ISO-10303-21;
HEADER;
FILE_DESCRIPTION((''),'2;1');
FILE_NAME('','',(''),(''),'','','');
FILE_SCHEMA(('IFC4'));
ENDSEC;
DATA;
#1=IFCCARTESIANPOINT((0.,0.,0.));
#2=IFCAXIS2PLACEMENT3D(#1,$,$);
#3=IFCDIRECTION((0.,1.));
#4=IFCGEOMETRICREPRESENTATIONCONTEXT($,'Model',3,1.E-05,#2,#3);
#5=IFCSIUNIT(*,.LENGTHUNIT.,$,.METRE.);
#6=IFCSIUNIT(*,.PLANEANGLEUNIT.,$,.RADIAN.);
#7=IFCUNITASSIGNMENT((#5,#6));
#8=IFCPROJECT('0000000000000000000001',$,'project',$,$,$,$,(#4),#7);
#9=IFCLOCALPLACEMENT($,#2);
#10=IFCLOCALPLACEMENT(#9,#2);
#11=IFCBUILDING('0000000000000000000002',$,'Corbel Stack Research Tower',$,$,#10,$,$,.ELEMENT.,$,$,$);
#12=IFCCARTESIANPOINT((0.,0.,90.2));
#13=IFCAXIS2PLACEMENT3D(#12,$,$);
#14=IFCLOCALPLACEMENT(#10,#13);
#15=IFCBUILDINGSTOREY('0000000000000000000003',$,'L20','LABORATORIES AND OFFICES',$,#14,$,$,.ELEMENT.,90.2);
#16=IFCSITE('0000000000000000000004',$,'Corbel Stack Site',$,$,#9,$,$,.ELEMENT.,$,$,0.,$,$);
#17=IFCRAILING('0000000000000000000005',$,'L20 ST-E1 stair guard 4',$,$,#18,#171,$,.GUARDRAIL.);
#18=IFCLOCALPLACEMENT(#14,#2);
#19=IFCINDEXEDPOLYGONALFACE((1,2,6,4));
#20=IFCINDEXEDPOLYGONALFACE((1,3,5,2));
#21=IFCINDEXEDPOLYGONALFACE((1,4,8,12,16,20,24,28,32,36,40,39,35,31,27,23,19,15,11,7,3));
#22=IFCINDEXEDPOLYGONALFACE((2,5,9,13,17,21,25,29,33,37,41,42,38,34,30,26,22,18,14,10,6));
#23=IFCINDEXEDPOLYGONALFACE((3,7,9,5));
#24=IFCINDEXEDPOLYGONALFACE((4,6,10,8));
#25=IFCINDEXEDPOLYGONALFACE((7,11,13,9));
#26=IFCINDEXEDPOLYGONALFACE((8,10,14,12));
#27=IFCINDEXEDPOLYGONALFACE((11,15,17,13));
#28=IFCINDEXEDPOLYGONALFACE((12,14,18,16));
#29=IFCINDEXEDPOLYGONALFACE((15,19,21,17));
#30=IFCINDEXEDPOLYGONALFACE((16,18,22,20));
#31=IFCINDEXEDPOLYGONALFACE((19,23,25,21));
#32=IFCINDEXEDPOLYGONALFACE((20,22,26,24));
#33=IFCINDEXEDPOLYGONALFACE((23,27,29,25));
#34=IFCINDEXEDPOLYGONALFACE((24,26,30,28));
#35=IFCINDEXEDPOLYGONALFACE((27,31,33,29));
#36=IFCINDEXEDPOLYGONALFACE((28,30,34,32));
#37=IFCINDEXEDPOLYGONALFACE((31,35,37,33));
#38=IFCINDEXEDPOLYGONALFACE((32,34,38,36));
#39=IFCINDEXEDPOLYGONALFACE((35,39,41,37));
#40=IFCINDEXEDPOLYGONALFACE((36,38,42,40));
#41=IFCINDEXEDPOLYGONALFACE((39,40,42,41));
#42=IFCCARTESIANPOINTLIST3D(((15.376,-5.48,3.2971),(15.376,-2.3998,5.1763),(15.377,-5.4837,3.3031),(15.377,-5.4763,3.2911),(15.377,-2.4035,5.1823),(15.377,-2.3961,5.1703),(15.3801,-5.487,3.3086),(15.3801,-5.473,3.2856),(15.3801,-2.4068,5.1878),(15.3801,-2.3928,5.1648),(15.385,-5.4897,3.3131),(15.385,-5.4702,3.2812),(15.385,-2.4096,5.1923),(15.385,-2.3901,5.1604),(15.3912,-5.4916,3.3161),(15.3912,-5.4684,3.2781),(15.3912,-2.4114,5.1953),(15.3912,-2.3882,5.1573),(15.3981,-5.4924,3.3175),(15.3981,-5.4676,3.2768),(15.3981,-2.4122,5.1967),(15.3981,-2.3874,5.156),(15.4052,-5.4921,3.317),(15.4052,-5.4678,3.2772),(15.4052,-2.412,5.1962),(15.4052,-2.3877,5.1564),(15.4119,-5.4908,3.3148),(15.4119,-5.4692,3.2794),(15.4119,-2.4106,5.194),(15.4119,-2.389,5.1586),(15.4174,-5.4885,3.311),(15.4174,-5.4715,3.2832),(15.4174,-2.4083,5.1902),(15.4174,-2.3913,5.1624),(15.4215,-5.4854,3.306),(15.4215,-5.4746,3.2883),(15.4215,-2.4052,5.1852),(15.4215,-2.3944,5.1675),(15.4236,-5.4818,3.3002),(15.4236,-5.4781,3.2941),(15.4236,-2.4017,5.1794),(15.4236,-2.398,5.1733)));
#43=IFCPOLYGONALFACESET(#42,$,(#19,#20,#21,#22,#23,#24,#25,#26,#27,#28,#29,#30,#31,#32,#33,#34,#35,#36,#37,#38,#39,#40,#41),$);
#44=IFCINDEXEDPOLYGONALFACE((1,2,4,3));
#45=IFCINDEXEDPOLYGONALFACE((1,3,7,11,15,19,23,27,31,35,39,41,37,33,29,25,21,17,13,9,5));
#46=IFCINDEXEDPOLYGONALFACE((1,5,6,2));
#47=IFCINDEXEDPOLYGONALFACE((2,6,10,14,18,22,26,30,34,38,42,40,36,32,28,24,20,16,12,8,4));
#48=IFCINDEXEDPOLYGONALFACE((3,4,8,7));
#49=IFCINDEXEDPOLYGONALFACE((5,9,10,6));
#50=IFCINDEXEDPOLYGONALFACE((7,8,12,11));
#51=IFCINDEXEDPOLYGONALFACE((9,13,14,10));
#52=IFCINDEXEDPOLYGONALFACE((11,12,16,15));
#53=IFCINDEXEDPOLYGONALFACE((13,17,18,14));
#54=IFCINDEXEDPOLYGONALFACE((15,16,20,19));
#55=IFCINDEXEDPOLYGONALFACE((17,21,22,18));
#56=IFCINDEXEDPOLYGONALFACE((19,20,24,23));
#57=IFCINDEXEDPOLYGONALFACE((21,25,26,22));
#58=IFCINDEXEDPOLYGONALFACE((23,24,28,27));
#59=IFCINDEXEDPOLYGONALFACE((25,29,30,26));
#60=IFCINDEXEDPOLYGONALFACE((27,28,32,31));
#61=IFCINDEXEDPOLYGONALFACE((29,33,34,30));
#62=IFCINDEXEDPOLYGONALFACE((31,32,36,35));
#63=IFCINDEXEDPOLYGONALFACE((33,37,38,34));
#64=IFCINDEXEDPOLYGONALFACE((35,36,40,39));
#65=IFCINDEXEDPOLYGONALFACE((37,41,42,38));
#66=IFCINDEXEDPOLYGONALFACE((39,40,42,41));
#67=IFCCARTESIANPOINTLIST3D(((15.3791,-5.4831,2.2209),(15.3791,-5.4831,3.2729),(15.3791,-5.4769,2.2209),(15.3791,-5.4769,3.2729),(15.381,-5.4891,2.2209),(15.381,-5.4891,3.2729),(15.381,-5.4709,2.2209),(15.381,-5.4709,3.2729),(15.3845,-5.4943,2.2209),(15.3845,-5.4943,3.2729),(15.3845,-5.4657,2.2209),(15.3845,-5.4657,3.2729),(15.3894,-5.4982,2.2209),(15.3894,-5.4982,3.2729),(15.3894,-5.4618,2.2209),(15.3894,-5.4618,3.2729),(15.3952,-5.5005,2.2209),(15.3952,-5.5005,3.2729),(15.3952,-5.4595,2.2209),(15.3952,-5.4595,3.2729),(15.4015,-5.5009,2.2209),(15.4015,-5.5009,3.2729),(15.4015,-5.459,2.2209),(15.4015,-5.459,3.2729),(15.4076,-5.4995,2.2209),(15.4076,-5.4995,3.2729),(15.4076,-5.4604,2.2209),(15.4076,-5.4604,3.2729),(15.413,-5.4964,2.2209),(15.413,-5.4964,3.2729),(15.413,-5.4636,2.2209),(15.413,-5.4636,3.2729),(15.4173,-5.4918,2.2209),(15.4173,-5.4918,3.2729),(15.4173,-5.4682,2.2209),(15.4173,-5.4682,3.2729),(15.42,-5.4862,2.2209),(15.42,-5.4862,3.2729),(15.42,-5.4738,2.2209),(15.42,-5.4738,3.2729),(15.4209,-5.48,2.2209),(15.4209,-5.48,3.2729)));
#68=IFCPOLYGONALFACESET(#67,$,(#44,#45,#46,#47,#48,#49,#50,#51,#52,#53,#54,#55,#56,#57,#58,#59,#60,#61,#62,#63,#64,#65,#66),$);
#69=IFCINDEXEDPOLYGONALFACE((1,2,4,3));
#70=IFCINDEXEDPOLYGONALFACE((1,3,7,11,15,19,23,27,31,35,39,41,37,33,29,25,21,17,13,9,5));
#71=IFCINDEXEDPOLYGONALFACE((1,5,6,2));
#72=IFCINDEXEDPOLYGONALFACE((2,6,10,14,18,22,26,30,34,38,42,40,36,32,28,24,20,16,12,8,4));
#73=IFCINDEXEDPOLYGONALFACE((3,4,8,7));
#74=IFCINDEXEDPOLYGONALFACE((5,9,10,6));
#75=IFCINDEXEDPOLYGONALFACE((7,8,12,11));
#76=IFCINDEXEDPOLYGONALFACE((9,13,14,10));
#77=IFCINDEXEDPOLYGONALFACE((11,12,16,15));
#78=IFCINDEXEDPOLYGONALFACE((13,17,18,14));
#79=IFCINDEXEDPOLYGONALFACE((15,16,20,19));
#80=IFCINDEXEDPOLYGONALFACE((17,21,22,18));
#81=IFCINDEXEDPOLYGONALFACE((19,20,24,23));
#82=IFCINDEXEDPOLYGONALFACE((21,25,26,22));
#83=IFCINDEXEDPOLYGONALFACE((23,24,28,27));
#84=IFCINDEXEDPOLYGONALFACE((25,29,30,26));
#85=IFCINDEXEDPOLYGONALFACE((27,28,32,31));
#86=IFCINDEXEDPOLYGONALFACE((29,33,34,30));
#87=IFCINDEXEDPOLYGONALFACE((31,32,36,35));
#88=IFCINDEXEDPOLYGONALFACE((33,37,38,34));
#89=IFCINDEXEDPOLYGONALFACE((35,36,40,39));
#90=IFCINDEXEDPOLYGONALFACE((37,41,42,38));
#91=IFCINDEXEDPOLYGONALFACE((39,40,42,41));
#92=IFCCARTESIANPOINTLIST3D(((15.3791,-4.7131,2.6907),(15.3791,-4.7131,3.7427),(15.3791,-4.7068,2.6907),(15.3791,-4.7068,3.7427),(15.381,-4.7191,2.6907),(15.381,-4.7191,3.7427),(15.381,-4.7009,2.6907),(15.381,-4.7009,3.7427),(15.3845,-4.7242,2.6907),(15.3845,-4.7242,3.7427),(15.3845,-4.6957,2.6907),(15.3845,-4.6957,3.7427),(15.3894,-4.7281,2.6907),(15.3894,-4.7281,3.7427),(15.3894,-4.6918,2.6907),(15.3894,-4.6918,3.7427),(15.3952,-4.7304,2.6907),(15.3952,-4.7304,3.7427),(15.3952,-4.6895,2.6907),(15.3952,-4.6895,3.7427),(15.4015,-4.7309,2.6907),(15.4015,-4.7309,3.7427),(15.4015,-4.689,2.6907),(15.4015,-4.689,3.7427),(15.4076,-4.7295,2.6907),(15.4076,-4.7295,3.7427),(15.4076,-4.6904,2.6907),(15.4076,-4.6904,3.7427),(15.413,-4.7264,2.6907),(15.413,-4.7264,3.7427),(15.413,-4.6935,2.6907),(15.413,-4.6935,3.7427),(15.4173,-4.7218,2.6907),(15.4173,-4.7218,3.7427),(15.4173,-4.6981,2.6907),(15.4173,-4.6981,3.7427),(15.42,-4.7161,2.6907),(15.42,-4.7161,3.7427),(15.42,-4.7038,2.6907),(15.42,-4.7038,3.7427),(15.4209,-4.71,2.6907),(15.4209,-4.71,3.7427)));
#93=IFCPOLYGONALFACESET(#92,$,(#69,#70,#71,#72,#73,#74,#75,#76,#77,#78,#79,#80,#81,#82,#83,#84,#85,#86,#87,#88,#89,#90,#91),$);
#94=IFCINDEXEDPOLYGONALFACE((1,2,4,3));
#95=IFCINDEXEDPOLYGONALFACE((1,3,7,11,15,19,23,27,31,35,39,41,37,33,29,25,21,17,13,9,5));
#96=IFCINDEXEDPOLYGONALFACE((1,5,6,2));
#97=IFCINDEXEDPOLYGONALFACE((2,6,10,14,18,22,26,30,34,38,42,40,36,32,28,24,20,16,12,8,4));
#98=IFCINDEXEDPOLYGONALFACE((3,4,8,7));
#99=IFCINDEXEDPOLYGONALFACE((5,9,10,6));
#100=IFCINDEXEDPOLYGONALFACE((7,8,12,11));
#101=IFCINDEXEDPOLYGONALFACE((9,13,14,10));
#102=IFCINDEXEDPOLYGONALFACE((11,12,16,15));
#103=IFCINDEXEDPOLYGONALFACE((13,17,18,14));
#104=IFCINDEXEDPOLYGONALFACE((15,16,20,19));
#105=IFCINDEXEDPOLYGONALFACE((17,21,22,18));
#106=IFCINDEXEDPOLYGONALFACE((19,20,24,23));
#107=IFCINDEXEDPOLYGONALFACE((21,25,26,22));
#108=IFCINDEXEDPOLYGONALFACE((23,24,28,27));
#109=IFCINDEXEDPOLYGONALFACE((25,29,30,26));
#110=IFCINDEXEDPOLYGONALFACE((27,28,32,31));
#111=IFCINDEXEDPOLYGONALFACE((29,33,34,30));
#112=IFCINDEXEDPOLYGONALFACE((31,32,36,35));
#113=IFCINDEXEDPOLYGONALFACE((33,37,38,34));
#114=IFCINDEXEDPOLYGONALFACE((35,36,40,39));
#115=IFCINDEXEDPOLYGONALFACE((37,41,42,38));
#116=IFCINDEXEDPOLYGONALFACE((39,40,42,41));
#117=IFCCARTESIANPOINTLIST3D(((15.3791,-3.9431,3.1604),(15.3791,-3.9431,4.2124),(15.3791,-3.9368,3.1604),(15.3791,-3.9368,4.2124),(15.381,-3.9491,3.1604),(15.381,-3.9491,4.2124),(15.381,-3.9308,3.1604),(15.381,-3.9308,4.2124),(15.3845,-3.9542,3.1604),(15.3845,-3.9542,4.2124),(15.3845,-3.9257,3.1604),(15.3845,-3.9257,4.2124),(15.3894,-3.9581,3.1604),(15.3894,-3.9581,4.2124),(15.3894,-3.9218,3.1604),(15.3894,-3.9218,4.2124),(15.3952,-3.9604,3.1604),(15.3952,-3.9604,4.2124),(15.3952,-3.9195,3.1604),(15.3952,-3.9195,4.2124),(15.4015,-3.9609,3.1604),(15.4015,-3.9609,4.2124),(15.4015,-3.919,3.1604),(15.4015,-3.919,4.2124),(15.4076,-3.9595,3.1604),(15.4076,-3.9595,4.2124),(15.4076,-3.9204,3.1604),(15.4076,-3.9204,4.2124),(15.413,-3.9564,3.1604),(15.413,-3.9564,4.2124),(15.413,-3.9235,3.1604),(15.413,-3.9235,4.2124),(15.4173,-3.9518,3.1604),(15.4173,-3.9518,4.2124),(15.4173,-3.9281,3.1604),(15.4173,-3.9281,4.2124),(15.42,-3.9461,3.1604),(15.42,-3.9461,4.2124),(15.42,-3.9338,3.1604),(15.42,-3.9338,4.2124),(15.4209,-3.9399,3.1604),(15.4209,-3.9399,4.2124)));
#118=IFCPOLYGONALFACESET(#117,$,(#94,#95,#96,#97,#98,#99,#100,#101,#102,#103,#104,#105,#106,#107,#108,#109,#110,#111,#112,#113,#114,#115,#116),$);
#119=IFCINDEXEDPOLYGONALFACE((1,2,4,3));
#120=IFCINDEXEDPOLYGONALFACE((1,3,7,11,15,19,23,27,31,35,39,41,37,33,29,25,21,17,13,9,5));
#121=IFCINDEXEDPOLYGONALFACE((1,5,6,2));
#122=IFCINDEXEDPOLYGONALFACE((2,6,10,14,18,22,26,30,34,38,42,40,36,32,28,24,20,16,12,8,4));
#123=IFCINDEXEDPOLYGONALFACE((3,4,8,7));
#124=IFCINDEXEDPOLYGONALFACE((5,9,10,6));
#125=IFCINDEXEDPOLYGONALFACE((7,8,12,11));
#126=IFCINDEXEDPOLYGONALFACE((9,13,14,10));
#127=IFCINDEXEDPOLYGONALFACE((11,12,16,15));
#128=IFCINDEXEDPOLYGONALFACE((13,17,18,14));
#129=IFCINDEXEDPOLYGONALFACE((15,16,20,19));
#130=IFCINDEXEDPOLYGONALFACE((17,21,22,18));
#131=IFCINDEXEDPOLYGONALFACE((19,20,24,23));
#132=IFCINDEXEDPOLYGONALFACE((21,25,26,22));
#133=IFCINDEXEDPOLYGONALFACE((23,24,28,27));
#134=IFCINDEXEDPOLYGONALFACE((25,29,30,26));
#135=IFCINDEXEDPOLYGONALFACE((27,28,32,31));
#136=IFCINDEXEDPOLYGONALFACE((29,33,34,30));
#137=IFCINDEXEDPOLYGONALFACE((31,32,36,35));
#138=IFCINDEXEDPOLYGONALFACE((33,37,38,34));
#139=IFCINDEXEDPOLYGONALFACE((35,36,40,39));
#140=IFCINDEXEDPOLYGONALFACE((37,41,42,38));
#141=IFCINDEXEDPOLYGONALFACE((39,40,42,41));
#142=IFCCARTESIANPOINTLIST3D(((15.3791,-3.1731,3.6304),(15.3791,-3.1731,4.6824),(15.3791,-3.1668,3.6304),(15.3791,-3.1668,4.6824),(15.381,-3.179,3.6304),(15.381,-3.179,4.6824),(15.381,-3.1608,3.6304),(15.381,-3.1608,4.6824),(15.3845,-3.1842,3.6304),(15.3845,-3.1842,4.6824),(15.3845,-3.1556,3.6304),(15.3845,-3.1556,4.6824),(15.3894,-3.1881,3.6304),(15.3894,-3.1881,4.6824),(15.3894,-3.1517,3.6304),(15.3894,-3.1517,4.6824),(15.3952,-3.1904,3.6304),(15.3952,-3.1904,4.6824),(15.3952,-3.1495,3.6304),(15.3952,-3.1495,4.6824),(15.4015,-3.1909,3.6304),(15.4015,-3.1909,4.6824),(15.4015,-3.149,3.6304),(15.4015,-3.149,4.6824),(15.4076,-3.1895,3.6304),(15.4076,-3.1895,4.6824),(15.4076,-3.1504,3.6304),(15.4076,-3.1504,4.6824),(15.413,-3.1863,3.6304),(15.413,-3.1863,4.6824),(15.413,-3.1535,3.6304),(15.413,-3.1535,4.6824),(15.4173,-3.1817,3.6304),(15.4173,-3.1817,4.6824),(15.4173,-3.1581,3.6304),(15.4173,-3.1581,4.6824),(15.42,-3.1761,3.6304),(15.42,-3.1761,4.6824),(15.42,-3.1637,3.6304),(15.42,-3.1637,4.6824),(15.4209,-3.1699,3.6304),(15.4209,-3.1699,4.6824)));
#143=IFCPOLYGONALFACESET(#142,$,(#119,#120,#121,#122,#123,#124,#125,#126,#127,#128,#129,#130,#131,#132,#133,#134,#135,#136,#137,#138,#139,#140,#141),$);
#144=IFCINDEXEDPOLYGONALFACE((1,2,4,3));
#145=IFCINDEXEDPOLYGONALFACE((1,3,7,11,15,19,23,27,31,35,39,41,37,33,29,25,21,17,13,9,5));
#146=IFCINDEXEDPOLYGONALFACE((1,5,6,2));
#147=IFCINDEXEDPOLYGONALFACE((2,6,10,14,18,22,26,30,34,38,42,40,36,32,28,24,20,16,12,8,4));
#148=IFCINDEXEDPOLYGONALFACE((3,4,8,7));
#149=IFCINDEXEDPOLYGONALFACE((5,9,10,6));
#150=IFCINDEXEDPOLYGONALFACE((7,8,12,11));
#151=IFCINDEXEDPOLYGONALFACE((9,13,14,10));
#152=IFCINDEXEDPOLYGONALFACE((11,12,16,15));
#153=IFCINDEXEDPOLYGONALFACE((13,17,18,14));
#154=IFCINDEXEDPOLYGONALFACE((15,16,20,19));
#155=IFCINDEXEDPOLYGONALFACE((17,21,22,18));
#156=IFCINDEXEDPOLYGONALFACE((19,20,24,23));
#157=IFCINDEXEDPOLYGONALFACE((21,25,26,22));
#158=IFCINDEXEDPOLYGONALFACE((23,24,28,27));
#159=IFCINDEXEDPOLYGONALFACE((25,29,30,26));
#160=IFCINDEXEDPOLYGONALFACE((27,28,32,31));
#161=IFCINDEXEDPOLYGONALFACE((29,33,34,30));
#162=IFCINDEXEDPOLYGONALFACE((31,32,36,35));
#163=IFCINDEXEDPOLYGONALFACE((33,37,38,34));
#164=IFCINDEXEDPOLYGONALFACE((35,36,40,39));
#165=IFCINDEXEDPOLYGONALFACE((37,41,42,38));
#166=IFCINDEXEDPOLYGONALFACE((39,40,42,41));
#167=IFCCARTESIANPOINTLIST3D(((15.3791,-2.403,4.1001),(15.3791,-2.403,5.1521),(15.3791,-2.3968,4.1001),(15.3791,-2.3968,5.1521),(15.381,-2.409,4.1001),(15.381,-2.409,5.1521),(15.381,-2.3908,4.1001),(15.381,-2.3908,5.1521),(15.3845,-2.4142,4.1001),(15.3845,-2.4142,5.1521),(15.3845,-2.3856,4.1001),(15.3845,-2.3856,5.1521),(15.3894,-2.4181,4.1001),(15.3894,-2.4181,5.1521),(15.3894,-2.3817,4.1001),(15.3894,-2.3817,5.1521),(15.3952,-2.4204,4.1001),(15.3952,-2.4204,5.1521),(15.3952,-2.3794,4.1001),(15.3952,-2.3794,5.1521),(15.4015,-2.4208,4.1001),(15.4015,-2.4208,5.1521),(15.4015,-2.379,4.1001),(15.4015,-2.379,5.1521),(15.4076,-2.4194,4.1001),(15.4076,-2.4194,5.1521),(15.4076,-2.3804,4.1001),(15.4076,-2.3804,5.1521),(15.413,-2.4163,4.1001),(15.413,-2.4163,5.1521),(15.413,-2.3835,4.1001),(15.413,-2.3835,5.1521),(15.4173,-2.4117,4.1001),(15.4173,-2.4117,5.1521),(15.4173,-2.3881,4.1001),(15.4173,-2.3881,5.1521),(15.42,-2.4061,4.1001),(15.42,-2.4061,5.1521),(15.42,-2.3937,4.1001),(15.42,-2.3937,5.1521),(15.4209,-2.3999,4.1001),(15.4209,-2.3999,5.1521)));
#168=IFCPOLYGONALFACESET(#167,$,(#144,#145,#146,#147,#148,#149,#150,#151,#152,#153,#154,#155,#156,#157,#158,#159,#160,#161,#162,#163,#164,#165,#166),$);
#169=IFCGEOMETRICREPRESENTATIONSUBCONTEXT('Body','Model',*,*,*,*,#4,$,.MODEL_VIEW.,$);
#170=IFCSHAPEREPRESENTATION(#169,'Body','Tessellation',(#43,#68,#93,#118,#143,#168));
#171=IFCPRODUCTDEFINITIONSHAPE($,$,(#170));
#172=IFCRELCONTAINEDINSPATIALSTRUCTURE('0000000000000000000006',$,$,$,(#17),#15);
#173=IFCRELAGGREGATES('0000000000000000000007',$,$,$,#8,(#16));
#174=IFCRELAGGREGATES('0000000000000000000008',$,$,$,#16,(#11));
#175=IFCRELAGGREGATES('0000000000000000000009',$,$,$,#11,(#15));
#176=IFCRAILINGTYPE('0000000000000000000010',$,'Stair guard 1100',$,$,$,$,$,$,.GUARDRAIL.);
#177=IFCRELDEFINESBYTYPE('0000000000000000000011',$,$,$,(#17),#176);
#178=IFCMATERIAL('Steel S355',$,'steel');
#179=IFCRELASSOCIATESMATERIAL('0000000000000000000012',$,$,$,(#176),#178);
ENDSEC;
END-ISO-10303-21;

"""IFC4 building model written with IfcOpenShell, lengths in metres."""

from ifc_helpers import new_model, si_unit, direction, frame, origin, origin_2d, place, context, subcontext, project, spatial, circle, extrude, material, type_object, element, save


model = new_model("IFC4")

# Units and contexts
model_context = context("Model", 3, precision=1e-05, world=origin(), true_north=direction((0.0, 1.0)))
body_context = subcontext(model_context, "Body", "Model", "MODEL_VIEW")
ifc_project = project(units=[si_unit("LENGTHUNIT", "METRE"), si_unit("PLANEANGLEUNIT", "RADIAN")], contexts=[model_context])

# Site, building, storey
site_placement = place(None, origin())
site = spatial("IfcSite", under=ifc_project, at=site_placement, Name="Corbel Stack Site", CompositionType="ELEMENT", RefElevation=0.0)
building_placement = place(site_placement, origin())
building = spatial("IfcBuilding", under=site, at=building_placement, Name="Corbel Stack Research Tower", CompositionType="ELEMENT")
storey_placement = place(building_placement, frame((0.0, 0.0, 90.2)))
storey = spatial("IfcBuildingStorey", under=building, at=storey_placement, Name="L20", Description="LABORATORIES AND OFFICES", CompositionType="ELEMENT", Elevation=90.2)

# Railing
ifc_material_1 = material(Name="Steel S355", Category="steel")
railing_type_1 = type_object("IfcRailingType", Name="Stair guard 1100", PredefinedType="GUARDRAIL", material=ifc_material_1)
railing_1_placement = place(storey_placement, frame((15.3999, -5.48, 2.2209)))
element("IfcRailing", 1, at=railing_1_placement, inside=storey, type_object=railing_type_1, Name="L20 ST-E1 stair guard 4", PredefinedType="GUARDRAIL", context=body_context, shape_type="SweptSolid", body=[
    extrude(circle(Radius=0.0239, at=origin_2d()), frame((0.0, 0.0, 1.0762), z_axis=(0.0, 0.853666, 0.52082), x_axis=(-1.0, 0.0, 0.0)), (0.0, 0.0, 1.0), 3.6082),
    extrude(circle(Radius=0.021, at=origin_2d()), origin(), (0.0, 0.0, 1.0), 1.052),
    extrude(circle(Radius=0.021, at=origin_2d()), frame((0.0, 0.77, 0.4697)), (0.0, 0.0, 1.0), 1.052),
    extrude(circle(Radius=0.021, at=origin_2d()), frame((0.0, 1.54, 0.9395)), (0.0, 0.0, 1.0), 1.052),
    extrude(circle(Radius=0.021, at=origin_2d()), frame((0.0, 2.3101, 1.4094)), (0.0, 0.0, 1.0), 1.052),
    extrude(circle(Radius=0.021, at=origin_2d()), frame((0.0, 3.0801, 1.8792)), (0.0, 0.0, 1.0), 1.052),
])

save(model, "model.ifc")
